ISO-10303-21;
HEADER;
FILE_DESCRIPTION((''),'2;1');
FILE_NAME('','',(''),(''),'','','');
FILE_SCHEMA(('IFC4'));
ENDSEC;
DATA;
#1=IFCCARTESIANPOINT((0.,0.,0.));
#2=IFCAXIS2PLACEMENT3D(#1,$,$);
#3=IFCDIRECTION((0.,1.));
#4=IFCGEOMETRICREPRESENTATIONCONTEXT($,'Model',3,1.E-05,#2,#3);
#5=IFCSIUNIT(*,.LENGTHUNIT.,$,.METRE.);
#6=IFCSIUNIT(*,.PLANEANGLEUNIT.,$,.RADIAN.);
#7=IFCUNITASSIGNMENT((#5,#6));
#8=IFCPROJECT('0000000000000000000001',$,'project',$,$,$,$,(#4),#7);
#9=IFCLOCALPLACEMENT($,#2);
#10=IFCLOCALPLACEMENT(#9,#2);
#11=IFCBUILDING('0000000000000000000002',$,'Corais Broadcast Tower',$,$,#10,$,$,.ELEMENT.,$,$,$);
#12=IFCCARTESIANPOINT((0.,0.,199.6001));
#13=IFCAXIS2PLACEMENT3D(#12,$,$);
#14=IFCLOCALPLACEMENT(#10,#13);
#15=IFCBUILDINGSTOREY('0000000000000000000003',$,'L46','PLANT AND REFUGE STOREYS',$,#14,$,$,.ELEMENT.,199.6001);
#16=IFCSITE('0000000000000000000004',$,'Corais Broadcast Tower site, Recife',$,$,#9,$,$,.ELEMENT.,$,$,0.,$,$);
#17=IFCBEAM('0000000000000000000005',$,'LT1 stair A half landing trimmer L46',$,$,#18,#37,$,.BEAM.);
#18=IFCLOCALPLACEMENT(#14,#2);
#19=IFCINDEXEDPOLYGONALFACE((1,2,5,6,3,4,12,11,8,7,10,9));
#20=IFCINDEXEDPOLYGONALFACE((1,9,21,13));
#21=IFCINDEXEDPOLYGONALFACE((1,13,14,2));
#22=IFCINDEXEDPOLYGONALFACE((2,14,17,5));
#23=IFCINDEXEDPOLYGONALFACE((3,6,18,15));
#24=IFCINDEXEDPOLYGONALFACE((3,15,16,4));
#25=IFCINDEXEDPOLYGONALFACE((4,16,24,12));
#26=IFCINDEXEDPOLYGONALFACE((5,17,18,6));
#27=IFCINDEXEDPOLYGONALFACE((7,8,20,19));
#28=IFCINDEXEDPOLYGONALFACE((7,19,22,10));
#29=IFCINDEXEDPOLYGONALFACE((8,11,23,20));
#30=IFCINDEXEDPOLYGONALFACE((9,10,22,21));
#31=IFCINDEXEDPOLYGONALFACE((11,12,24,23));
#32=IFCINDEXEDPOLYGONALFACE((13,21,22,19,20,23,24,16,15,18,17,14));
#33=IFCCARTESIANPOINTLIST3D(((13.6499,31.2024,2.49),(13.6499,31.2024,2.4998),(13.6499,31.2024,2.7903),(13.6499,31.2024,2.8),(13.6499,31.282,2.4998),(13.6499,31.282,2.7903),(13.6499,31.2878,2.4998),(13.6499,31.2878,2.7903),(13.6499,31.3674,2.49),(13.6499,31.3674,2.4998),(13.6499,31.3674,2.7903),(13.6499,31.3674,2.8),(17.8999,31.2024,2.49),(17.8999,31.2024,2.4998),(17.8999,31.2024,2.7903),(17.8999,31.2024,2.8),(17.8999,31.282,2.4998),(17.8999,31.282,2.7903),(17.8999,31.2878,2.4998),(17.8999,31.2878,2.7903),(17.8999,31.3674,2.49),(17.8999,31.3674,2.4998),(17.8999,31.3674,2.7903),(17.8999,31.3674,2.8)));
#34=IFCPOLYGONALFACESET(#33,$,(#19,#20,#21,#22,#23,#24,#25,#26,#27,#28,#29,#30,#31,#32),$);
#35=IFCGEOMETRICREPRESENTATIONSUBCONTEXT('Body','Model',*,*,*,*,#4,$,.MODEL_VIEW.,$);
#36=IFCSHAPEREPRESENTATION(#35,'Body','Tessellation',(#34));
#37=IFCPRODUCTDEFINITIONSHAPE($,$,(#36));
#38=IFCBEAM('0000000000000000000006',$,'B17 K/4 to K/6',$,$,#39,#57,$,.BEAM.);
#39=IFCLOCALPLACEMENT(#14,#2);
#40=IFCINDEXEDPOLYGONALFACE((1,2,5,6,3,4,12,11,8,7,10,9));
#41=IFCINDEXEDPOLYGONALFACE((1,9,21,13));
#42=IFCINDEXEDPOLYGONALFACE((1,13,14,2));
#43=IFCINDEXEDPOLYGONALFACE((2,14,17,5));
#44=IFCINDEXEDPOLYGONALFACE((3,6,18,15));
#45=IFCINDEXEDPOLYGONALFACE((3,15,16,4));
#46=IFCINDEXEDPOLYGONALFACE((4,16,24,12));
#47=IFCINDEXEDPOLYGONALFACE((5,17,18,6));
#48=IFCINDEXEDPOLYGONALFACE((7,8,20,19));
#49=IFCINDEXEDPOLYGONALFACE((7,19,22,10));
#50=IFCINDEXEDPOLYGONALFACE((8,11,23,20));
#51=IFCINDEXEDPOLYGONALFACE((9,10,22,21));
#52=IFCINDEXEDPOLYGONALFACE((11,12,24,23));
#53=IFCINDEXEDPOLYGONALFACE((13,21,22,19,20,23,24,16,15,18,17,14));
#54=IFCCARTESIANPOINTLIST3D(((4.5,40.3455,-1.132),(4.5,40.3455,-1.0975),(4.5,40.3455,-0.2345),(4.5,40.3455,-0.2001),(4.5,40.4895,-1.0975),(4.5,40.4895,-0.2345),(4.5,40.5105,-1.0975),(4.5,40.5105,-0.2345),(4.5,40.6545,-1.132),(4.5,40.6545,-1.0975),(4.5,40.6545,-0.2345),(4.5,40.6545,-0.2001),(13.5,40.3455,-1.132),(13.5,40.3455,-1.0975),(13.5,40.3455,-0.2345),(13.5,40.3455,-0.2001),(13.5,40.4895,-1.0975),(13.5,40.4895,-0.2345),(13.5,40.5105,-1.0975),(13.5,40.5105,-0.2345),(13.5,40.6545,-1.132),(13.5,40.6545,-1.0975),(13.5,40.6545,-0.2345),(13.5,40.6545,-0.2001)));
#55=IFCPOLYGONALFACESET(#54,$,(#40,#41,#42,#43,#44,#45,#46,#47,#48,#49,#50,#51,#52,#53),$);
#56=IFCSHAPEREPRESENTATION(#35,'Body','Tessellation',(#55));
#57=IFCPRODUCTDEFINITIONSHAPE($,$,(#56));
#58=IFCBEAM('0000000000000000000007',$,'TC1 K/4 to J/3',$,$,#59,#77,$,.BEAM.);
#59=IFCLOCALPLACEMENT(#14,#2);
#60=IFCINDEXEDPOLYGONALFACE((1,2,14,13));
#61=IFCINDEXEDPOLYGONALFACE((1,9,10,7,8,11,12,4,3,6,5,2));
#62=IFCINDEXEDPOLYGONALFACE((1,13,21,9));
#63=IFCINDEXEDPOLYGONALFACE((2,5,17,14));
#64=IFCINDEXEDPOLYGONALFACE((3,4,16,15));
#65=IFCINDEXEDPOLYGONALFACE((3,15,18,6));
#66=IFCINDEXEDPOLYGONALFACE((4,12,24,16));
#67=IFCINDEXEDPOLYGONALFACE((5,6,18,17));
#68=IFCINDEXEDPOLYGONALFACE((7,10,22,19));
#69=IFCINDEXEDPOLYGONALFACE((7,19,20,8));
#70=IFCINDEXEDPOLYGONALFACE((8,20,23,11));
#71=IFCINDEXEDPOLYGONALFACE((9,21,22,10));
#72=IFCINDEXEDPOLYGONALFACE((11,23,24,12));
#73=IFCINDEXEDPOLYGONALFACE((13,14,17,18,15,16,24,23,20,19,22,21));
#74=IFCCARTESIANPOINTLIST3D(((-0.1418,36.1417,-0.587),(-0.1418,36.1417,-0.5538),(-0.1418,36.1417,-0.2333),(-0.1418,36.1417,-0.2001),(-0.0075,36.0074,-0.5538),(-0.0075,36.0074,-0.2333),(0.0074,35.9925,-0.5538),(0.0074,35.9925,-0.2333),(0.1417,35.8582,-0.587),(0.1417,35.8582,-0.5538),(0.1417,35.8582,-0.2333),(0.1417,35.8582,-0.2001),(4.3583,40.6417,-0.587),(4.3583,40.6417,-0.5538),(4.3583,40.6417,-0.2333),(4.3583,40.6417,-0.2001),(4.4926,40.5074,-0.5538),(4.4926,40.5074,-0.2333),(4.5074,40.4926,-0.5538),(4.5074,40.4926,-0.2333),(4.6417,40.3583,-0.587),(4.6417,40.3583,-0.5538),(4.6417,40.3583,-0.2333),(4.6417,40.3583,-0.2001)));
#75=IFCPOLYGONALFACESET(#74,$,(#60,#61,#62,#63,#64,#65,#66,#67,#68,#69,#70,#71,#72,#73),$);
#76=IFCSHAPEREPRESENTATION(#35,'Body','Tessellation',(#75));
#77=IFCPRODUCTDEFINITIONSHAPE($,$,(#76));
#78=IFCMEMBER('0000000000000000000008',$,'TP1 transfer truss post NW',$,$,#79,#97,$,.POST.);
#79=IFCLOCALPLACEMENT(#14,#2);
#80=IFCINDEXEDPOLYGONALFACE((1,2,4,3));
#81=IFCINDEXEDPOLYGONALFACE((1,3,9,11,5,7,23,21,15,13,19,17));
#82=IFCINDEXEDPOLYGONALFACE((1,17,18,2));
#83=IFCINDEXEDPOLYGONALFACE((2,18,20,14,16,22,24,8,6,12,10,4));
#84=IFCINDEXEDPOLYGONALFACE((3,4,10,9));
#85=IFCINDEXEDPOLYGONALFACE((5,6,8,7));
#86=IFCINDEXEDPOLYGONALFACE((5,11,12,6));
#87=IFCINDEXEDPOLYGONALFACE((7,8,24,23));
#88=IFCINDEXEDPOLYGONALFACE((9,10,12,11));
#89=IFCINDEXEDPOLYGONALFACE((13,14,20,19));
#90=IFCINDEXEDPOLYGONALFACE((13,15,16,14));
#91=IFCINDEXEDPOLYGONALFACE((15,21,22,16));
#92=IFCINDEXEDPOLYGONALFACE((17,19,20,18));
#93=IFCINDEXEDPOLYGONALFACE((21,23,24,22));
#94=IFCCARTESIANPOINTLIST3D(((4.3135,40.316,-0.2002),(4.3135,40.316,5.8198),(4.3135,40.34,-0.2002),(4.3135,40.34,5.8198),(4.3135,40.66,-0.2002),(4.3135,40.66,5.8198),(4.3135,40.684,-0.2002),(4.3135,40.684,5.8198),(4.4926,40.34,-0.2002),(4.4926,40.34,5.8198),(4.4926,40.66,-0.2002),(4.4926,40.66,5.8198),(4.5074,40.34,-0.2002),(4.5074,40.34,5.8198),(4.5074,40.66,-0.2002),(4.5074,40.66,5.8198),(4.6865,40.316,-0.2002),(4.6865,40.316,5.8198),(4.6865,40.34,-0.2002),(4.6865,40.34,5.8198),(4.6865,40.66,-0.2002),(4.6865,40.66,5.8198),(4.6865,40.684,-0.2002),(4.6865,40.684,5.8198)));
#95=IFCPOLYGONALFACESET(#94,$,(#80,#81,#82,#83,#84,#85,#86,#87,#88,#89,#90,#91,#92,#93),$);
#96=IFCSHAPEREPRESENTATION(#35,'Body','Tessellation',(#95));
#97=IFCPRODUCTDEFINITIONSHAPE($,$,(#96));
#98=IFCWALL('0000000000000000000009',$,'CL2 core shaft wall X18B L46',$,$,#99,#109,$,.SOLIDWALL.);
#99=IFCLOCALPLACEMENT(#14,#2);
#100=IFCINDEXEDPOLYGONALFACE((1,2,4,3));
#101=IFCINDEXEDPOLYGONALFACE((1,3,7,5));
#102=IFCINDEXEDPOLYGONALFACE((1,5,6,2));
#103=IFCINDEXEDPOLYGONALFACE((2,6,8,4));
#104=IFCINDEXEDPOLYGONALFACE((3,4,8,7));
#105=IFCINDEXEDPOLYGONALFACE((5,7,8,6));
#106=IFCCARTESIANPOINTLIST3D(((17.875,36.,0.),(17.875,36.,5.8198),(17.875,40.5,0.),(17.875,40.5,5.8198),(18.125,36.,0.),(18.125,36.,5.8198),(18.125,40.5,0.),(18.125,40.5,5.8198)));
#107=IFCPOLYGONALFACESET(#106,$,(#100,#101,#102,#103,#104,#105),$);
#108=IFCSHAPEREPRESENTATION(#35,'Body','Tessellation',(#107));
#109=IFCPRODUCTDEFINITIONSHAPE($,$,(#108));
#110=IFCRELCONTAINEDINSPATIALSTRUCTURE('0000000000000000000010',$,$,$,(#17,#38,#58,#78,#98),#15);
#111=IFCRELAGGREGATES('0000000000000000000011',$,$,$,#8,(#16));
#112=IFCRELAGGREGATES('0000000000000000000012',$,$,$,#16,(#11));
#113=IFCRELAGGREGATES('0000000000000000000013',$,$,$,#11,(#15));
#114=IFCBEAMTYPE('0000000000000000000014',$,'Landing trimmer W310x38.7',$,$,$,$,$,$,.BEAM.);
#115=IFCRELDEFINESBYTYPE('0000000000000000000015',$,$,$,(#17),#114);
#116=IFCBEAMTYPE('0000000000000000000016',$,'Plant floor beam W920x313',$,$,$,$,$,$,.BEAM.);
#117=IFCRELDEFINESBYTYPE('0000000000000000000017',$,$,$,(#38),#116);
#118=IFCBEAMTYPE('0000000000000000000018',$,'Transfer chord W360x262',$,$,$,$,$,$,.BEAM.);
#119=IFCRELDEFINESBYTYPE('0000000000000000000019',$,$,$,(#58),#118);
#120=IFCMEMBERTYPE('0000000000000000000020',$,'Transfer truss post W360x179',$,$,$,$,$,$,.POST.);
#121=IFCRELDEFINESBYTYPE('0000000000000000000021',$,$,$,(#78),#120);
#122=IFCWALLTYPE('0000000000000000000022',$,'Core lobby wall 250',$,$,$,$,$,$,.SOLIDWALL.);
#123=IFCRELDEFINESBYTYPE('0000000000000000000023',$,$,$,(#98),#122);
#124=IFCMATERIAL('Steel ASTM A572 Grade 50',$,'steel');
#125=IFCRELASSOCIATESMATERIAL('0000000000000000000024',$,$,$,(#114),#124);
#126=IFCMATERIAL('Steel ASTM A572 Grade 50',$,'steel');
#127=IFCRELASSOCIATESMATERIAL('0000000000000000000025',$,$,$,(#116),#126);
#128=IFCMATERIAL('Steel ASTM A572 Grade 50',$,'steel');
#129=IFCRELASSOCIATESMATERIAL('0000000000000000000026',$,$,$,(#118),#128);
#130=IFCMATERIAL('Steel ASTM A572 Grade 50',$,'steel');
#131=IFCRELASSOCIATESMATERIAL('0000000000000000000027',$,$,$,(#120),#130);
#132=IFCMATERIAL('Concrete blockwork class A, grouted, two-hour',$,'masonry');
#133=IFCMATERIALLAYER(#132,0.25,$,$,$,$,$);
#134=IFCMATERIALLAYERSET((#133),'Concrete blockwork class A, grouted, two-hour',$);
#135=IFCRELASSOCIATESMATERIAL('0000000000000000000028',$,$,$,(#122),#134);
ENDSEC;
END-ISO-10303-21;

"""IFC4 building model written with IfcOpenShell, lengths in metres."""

from ifc_helpers import new_model, si_unit, direction, frame, frame_2d, origin, origin_2d, place, context, subcontext, project, spatial, rectangle, i_section, extrude, material, layer, layer_set, material_profile, profile_set, type_object, element, save


model = new_model("IFC4")

# Units and contexts
model_context = context("Model", 3, precision=1e-05, world=origin(), true_north=direction((0.0, 1.0)))
body_context = subcontext(model_context, "Body", "Model", "MODEL_VIEW")
ifc_project = project(units=[si_unit("LENGTHUNIT", "METRE"), si_unit("PLANEANGLEUNIT", "RADIAN")], contexts=[model_context])

# Site, building, storey
site_placement = place(None, origin())
site = spatial("IfcSite", under=ifc_project, at=site_placement, Name="Corais Broadcast Tower site, Recife", CompositionType="ELEMENT", RefElevation=0.0)
building_placement = place(site_placement, origin())
building = spatial("IfcBuilding", under=site, at=building_placement, Name="Corais Broadcast Tower", CompositionType="ELEMENT")
storey_placement = place(building_placement, frame((0.0, 0.0, 199.6001)))
storey = spatial("IfcBuildingStorey", under=building, at=storey_placement, Name="L46", Description="PLANT AND REFUGE STOREYS", CompositionType="ELEMENT", Elevation=199.6001)

# Beams
ifc_material_1 = material(Name="Steel ASTM A572 Grade 50", Category="steel")
ifc_material_profile_1 = material_profile(ifc_material_1, i_section(OverallWidth=0.165, OverallDepth=0.3101, WebThickness=0.0059, FlangeThickness=0.0098, at=origin_2d()), Name="W310x38.7")
ifc_profile_set_1 = profile_set([ifc_material_profile_1], Name="Steel ASTM A572 Grade 50")
beam_type_1 = type_object("IfcBeamType", Name="Landing trimmer W310x38.7", PredefinedType="BEAM", material=ifc_profile_set_1)
beam_1_placement = place(storey_placement, frame((13.6499, 31.2849, 2.645), z_axis=(1.0, 0.0, 0.0), x_axis=(0.0, 1.0, 0.0)))
element("IfcBeam", 1, at=beam_1_placement, inside=storey, type_object=beam_type_1, Name="LT1 stair A half landing trimmer L46", PredefinedType="BEAM", context=body_context, shape_type="SweptSolid", body=[
    extrude(i_section(OverallWidth=0.165, OverallDepth=0.3101, WebThickness=0.0059, FlangeThickness=0.0098, at=origin_2d()), origin(), (0.0, 0.0, 1.0), 4.25),
])
ifc_material_2 = material(Name="Steel ASTM A572 Grade 50", Category="steel")
ifc_material_profile_2 = material_profile(ifc_material_2, i_section(OverallWidth=0.3091, OverallDepth=0.9319, WebThickness=0.021, FlangeThickness=0.0344, at=origin_2d()), Name="W920x313")
ifc_profile_set_2 = profile_set([ifc_material_profile_2], Name="Steel ASTM A572 Grade 50")
beam_type_2 = type_object("IfcBeamType", Name="Plant floor beam W920x313", PredefinedType="BEAM", material=ifc_profile_set_2)
beam_2_placement = place(storey_placement, frame((4.5, 40.5, -0.666), z_axis=(1.0, 0.0, 0.0), x_axis=(0.0, 1.0, 0.0)))
element("IfcBeam", 2, at=beam_2_placement, inside=storey, type_object=beam_type_2, Name="B17 K/4 to K/6", PredefinedType="BEAM", context=body_context, shape_type="SweptSolid", body=[
    extrude(i_section(OverallWidth=0.3091, OverallDepth=0.9319, WebThickness=0.021, FlangeThickness=0.0344, at=origin_2d()), origin(), (0.0, 0.0, 1.0), 9.0),
])
ifc_material_3 = material(Name="Steel ASTM A572 Grade 50", Category="steel")
ifc_material_profile_3 = material_profile(ifc_material_3, i_section(OverallWidth=0.4009, OverallDepth=0.387, WebThickness=0.021, FlangeThickness=0.0332, at=origin_2d()), Name="W360x262")
ifc_profile_set_3 = profile_set([ifc_material_profile_3], Name="Steel ASTM A572 Grade 50")
beam_type_3 = type_object("IfcBeamType", Name="Transfer chord W360x262", PredefinedType="BEAM", material=ifc_profile_set_3)
beam_3_placement = place(storey_placement, frame((4.5, 40.5, -0.3936), z_axis=(-0.707107, -0.707107, 0.0), x_axis=(0.707107, -0.707107, 0.0)))
element("IfcBeam", 3, at=beam_3_placement, inside=storey, type_object=beam_type_3, Name="TC1 K/4 to J/3", PredefinedType="BEAM", context=body_context, shape_type="SweptSolid", body=[
    extrude(i_section(OverallWidth=0.4009, OverallDepth=0.387, WebThickness=0.021, FlangeThickness=0.0332, at=origin_2d()), origin(), (0.0, 0.0, 1.0), 6.364),
])

# Member
ifc_material_4 = material(Name="Steel ASTM A572 Grade 50", Category="steel")
ifc_material_profile_4 = material_profile(ifc_material_4, i_section(OverallWidth=0.373, OverallDepth=0.3679, WebThickness=0.0149, FlangeThickness=0.0239, at=origin_2d()), Name="W360x179")
ifc_profile_set_4 = profile_set([ifc_material_profile_4], Name="Steel ASTM A572 Grade 50")
member_type = type_object("IfcMemberType", Name="Transfer truss post W360x179", PredefinedType="POST", material=ifc_profile_set_4)
member_placement = place(storey_placement, frame((4.5, 40.5, -0.2002), z_axis=(0.0, 0.0, 1.0), x_axis=(1.0, 0.0, 0.0)))
element("IfcMember", 4, at=member_placement, inside=storey, type_object=member_type, Name="TP1 transfer truss post NW", PredefinedType="POST", context=body_context, shape_type="SweptSolid", body=[
    extrude(i_section(OverallWidth=0.373, OverallDepth=0.3679, WebThickness=0.0149, FlangeThickness=0.0239, at=origin_2d()), origin(), (0.0, 0.0, 1.0), 6.02),
])

# Wall
ifc_material_5 = material(Name="Concrete blockwork class A, grouted, two-hour", Category="masonry")
ifc_layer_1 = layer(ifc_material_5, 0.25)
ifc_layer_set_1 = layer_set([ifc_layer_1], Name="Concrete blockwork class A, grouted, two-hour")
wall_type_1 = type_object("IfcWallType", Name="Core lobby wall 250", PredefinedType="SOLIDWALL", material=ifc_layer_set_1)
wall_1_placement = place(storey_placement, frame((18.0, 36.0, 0.0), z_axis=(0.0, 0.0, 1.0), x_axis=(0.0, 1.0, 0.0)))
element("IfcWall", 5, at=wall_1_placement, inside=storey, type_object=wall_type_1, Name="CL2 core shaft wall X18B L46", PredefinedType="SOLIDWALL", context=body_context, shape_type="SweptSolid", body=[
    extrude(rectangle(XDim=4.5, YDim=0.25, at=frame_2d((2.25, 0.0))), origin(), (0.0, 0.0, 1.0), 5.8198),
])

save(model, "model.ifc")
